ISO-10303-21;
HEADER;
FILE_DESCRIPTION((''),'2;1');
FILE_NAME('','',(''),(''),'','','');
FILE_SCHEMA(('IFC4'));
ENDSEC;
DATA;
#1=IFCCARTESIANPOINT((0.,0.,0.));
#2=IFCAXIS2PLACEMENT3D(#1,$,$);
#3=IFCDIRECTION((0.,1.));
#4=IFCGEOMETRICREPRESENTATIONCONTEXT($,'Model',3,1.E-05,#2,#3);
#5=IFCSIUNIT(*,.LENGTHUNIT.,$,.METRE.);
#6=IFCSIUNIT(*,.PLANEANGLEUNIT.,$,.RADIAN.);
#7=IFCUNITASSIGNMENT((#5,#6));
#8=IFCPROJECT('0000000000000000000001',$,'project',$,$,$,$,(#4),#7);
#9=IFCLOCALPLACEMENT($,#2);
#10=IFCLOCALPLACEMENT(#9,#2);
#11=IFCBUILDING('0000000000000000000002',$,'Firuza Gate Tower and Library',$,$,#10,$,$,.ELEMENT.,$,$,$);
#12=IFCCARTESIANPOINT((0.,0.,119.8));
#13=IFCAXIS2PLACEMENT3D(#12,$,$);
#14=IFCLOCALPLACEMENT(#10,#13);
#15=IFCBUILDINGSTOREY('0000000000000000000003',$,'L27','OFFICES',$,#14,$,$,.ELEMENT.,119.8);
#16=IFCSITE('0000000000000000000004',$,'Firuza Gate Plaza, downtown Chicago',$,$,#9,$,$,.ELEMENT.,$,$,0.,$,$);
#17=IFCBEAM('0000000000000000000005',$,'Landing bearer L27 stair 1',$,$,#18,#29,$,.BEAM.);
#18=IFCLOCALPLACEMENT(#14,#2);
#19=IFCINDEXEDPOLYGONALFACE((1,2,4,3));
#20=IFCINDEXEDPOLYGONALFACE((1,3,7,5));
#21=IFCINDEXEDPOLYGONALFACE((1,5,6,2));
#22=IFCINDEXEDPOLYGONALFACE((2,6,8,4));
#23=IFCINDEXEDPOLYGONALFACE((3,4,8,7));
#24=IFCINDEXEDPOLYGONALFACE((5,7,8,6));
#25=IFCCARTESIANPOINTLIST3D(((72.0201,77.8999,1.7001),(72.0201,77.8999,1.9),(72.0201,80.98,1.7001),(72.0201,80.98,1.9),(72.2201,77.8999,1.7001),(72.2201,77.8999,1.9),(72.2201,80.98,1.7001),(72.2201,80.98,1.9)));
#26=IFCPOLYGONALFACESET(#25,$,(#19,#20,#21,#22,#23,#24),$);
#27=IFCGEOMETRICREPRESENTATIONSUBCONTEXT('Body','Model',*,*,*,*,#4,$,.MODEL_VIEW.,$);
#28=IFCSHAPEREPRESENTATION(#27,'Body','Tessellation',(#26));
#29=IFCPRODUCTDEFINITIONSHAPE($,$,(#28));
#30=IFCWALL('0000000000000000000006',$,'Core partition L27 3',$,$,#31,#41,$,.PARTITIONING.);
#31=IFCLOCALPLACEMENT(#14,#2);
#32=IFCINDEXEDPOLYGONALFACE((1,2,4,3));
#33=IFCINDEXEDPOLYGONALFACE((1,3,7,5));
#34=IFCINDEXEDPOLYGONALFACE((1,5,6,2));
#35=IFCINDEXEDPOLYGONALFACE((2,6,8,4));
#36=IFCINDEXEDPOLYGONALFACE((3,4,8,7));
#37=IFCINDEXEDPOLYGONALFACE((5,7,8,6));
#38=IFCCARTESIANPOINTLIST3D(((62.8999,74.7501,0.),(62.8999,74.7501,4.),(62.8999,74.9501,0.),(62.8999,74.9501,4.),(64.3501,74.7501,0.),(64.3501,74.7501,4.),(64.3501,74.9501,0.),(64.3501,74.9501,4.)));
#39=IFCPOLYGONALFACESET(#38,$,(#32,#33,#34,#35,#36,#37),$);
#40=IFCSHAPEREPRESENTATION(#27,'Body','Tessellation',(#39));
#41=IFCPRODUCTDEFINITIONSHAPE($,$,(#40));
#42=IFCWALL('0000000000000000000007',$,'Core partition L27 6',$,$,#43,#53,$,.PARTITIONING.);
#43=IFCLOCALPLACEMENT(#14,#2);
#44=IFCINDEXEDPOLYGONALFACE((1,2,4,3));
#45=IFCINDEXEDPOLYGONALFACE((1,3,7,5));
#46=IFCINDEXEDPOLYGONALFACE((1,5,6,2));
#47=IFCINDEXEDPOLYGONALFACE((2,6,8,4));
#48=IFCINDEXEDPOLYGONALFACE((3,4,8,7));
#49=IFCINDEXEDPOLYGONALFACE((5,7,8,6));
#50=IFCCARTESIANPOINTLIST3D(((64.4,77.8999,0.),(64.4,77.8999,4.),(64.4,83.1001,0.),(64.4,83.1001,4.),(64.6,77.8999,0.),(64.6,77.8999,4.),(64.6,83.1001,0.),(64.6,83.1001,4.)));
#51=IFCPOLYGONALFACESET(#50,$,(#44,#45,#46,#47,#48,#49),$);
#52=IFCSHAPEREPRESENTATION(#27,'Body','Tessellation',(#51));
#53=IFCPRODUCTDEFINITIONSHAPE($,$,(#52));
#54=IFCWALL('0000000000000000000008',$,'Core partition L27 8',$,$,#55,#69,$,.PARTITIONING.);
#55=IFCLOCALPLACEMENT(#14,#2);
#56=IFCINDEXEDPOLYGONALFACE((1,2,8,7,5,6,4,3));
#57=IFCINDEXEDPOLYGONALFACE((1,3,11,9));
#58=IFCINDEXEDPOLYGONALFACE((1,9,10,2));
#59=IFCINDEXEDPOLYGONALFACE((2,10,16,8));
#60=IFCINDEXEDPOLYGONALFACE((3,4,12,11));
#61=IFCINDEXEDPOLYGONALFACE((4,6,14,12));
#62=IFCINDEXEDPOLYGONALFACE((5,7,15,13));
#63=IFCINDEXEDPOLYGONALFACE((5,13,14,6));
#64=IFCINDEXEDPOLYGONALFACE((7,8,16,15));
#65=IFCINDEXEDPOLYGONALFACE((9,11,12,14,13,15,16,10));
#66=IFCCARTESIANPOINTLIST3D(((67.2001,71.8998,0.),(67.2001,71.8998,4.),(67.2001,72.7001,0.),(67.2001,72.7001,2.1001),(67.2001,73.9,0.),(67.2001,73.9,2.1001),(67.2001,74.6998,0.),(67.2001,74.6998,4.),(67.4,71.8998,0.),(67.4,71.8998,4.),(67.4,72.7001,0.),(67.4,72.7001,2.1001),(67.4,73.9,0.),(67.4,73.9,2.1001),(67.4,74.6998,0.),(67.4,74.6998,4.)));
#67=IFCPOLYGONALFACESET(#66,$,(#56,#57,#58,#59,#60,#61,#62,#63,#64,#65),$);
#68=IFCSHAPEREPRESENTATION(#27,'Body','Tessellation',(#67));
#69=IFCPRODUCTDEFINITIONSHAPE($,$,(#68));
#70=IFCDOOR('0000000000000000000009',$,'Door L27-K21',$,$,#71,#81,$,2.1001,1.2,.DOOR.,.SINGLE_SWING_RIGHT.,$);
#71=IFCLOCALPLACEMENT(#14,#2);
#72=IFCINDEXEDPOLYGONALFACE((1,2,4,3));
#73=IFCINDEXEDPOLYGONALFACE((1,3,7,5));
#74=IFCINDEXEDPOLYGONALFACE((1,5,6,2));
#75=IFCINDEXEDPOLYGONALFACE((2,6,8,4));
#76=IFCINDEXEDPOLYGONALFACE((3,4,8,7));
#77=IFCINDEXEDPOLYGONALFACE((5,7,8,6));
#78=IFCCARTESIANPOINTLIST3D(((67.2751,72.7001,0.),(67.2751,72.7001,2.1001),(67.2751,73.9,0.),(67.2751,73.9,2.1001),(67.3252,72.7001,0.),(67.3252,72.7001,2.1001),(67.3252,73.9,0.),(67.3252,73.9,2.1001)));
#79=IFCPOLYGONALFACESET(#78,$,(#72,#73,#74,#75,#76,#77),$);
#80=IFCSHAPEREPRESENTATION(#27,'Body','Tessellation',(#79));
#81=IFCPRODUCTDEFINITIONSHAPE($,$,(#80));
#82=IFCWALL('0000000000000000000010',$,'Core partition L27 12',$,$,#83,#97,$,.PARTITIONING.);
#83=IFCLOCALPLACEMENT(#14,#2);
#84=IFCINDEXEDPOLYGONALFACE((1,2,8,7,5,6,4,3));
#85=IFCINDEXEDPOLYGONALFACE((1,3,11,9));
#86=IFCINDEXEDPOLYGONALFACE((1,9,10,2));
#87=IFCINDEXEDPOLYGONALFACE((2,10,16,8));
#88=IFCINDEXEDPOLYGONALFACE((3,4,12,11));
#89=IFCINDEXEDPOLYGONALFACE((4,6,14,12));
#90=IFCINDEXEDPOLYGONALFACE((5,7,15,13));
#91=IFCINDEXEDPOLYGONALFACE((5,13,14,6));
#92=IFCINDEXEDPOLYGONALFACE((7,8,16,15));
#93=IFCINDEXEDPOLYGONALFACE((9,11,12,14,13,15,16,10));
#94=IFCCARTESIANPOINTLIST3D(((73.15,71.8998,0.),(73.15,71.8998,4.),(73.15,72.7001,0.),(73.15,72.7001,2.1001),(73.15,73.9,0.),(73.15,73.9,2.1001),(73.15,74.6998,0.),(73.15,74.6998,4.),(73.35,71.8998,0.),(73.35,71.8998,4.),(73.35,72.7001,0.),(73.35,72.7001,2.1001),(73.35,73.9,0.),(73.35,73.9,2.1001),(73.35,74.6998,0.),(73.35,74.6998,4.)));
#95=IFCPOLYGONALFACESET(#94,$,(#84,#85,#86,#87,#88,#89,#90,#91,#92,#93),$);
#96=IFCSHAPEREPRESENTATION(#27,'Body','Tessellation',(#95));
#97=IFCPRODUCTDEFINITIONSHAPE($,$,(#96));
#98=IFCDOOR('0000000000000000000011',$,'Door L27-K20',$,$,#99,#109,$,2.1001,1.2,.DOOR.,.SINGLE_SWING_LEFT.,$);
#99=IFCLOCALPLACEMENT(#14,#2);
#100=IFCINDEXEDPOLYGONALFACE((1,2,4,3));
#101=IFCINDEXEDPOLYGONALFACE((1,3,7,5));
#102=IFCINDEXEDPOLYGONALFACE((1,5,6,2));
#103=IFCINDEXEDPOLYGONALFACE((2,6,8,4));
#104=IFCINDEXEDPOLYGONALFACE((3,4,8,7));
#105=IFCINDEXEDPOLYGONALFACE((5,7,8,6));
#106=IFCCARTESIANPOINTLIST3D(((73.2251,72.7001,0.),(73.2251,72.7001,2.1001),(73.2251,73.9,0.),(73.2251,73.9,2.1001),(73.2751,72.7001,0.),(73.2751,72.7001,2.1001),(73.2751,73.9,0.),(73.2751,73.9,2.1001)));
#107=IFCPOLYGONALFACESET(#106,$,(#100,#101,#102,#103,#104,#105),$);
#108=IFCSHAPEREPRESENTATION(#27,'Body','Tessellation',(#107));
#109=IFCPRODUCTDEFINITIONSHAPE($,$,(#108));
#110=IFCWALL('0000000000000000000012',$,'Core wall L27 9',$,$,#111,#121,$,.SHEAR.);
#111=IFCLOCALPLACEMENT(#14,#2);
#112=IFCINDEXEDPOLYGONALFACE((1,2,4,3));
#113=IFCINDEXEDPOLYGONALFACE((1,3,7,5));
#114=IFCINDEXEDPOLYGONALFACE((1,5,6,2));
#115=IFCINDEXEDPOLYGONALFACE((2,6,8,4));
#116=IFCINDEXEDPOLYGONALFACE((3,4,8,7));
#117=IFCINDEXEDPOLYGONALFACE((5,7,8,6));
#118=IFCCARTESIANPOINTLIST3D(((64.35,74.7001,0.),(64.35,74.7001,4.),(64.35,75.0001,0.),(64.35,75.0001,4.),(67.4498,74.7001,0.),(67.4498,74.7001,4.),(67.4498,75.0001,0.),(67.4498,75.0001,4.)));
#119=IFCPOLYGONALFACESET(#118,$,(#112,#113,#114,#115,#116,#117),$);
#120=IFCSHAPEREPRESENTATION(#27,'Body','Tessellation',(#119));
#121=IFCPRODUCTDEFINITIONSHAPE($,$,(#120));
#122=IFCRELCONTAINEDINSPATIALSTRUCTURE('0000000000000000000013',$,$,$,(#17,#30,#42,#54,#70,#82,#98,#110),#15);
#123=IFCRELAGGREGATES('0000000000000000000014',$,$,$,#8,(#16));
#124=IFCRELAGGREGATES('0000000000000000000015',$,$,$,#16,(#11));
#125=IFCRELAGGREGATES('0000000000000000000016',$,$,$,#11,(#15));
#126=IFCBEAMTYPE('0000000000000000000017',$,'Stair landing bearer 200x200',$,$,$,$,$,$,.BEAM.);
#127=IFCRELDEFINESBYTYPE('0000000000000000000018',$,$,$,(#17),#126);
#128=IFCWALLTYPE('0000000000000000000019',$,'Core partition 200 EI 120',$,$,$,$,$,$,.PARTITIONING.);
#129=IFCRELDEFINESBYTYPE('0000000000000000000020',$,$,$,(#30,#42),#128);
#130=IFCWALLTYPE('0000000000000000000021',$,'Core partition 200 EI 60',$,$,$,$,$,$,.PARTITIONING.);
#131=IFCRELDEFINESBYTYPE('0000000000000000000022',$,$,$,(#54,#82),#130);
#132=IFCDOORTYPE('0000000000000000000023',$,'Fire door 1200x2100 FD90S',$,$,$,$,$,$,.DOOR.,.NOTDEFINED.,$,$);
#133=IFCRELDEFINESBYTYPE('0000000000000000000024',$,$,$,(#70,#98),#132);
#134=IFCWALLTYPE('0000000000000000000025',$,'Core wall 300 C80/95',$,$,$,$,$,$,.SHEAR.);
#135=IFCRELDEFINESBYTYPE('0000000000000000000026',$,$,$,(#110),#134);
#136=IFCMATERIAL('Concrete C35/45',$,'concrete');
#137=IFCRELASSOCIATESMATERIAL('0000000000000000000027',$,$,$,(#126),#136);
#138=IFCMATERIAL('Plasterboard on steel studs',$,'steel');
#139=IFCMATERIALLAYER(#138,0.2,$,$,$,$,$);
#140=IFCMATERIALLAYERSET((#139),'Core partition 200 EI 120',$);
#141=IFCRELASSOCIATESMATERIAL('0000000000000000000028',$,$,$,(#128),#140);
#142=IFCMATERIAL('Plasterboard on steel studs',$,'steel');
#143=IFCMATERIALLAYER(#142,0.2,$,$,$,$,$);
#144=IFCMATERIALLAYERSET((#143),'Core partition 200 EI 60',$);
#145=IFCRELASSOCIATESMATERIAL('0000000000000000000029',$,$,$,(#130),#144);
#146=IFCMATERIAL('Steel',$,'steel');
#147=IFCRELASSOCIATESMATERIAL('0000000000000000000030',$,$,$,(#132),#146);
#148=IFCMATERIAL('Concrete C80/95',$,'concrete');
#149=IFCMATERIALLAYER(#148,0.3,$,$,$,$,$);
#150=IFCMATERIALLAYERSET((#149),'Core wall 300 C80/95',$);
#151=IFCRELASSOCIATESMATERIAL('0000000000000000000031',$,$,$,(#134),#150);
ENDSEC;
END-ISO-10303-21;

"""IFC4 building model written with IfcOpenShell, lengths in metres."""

from ifc_helpers import new_model, si_unit, direction, frame, frame_2d, origin, origin_2d, place, context, subcontext, project, spatial, rectangle, extrude, material, layer, layer_set, material_profile, profile_set, type_object, element, fill, save


model = new_model("IFC4")

# Units and contexts
model_context = context("Model", 3, precision=1e-05, world=origin(), true_north=direction((0.0, 1.0)))
body_context = subcontext(model_context, "Body", "Model", "MODEL_VIEW")
ifc_project = project(units=[si_unit("LENGTHUNIT", "METRE"), si_unit("PLANEANGLEUNIT", "RADIAN")], contexts=[model_context])

# Site, building, storey
site_placement = place(None, origin())
site = spatial("IfcSite", under=ifc_project, at=site_placement, Name="Firuza Gate Plaza, downtown Chicago", CompositionType="ELEMENT", RefElevation=0.0)
building_placement = place(site_placement, origin())
building = spatial("IfcBuilding", under=site, at=building_placement, Name="Firuza Gate Tower and Library", CompositionType="ELEMENT")
storey_placement = place(building_placement, frame((0.0, 0.0, 119.8)))
storey = spatial("IfcBuildingStorey", under=building, at=storey_placement, Name="L27", Description="OFFICES", CompositionType="ELEMENT", Elevation=119.8)

# Beam
ifc_material_1 = material(Name="Concrete C35/45", Category="concrete")
ifc_material_profile = material_profile(ifc_material_1, rectangle(XDim=0.2, YDim=0.2, at=origin_2d()))
ifc_profile_set = profile_set([ifc_material_profile], Name="Concrete C35/45")
beam_type = type_object("IfcBeamType", Name="Stair landing bearer 200x200", PredefinedType="BEAM", material=ifc_profile_set)
beam_placement = place(storey_placement, frame((72.1201, 77.8999, 1.8), z_axis=(0.0, 1.0, 0.0), x_axis=(-1.0, 0.0, 0.0)))
element("IfcBeam", 1, at=beam_placement, inside=storey, type_object=beam_type, Name="Landing bearer L27 stair 1", PredefinedType="BEAM", context=body_context, shape_type="SweptSolid", body=[
    extrude(rectangle(XDim=0.2, YDim=0.2, at=origin_2d()), origin(), (0.0, 0.0, 1.0), 3.0801),
])

# Walls
ifc_material_2 = material(Name="Plasterboard on steel studs", Category="steel")
ifc_layer_1 = layer(ifc_material_2, 0.2)
ifc_layer_set_1 = layer_set([ifc_layer_1], Name="Core partition 200 EI 120")
wall_type_1 = type_object("IfcWallType", Name="Core partition 200 EI 120", PredefinedType="PARTITIONING", material=ifc_layer_set_1)
wall_1_placement = place(storey_placement, frame((62.8999, 74.8501, 0.0), z_axis=(0.0, 0.0, 1.0), x_axis=(1.0, 0.0, 0.0)))
element("IfcWall", 2, at=wall_1_placement, inside=storey, type_object=wall_type_1, Name="Core partition L27 3", PredefinedType="PARTITIONING", context=body_context, shape_type="SweptSolid", body=[
    extrude(rectangle(XDim=1.4502, YDim=0.2, at=frame_2d((0.7251, 0.0))), origin(), (0.0, 0.0, 1.0), 4.0),
])
wall_2_placement = place(storey_placement, frame((64.5, 77.8999, 0.0), z_axis=(0.0, 0.0, 1.0), x_axis=(0.0, 1.0, 0.0)))
element("IfcWall", 3, at=wall_2_placement, inside=storey, type_object=wall_type_1, Name="Core partition L27 6", PredefinedType="PARTITIONING", context=body_context, shape_type="SweptSolid", body=[
    extrude(rectangle(XDim=5.2002, YDim=0.2, at=frame_2d((2.6001, 0.0))), origin(), (0.0, 0.0, 1.0), 4.0),
])

# Walls, openings, doors
ifc_material_3 = material(Name="Plasterboard on steel studs", Category="steel")
ifc_layer_2 = layer(ifc_material_3, 0.2)
ifc_layer_set_2 = layer_set([ifc_layer_2], Name="Core partition 200 EI 60")
wall_type_2 = type_object("IfcWallType", Name="Core partition 200 EI 60", PredefinedType="PARTITIONING", material=ifc_layer_set_2)
wall_3_placement = place(storey_placement, frame((67.3, 71.8999, 0.0), z_axis=(0.0, 0.0, 1.0), x_axis=(0.0, 1.0, 0.0)))
wall_3 = element("IfcWall", 4, at=wall_3_placement, inside=storey, type_object=wall_type_2, Name="Core partition L27 8", PredefinedType="PARTITIONING", context=body_context, shape_type="SweptSolid", body=[
    extrude(rectangle(XDim=2.8, YDim=0.2, at=frame_2d((1.3999, 0.0))), origin(), (0.0, 0.0, 1.0), 4.0),
])
opening_1_placement = place(wall_3_placement, frame((0.8, 0.0, 0.0)))
opening_1 = element("IfcOpeningElement", 5, at=opening_1_placement, cuts=wall_3, PredefinedType="OPENING", context=body_context, shape_type="SweptSolid", body=[
    extrude(rectangle(XDim=1.2, YDim=2.1001, at=frame_2d((0.6001, 1.05))), frame((0.0, 0.1099, 0.0), z_axis=(0.0, -1.0, 0.0), x_axis=(1.0, 0.0, 0.0)), (0.0, 0.0, 1.0), 0.22),
])
ifc_material_4 = material(Name="Steel", Category="steel")
door_type_1 = type_object("IfcDoorType", Name="Fire door 1200x2100 FD90S", OperationType="NOTDEFINED", PredefinedType="DOOR", material=ifc_material_4)
door_1_placement = place(opening_1_placement, origin())
door_1 = element("IfcDoor", 6, at=door_1_placement, inside=storey, type_object=door_type_1, Name="Door L27-K21", OperationType="SINGLE_SWING_RIGHT", OverallHeight=2.1001, OverallWidth=1.2, PredefinedType="DOOR", context=body_context, shape_type="SweptSolid", body=[
    extrude(rectangle(XDim=1.2, YDim=2.1001, at=frame_2d((0.6001, 1.05))), frame((0.0, 0.0249, 0.0), z_axis=(0.0, -1.0, 0.0), x_axis=(1.0, 0.0, 0.0)), (0.0, 0.0, 1.0), 0.05),
])
fill(opening_1, door_1)
wall_4_placement = place(storey_placement, frame((73.25, 71.8999, 0.0), z_axis=(0.0, 0.0, 1.0), x_axis=(0.0, 1.0, 0.0)))
wall_4 = element("IfcWall", 7, at=wall_4_placement, inside=storey, type_object=wall_type_2, Name="Core partition L27 12", PredefinedType="PARTITIONING", context=body_context, shape_type="SweptSolid", body=[
    extrude(rectangle(XDim=2.8, YDim=0.2, at=frame_2d((1.3999, 0.0))), origin(), (0.0, 0.0, 1.0), 4.0),
])
opening_2_placement = place(wall_4_placement, frame((0.8, 0.0, 0.0)))
opening_2 = element("IfcOpeningElement", 8, at=opening_2_placement, cuts=wall_4, PredefinedType="OPENING", context=body_context, shape_type="SweptSolid", body=[
    extrude(rectangle(XDim=1.2, YDim=2.1001, at=frame_2d((0.6001, 1.05))), frame((0.0, 0.1099, 0.0), z_axis=(0.0, -1.0, 0.0), x_axis=(1.0, 0.0, 0.0)), (0.0, 0.0, 1.0), 0.22),
])
door_2_placement = place(opening_2_placement, origin())
door_2 = element("IfcDoor", 9, at=door_2_placement, inside=storey, type_object=door_type_1, Name="Door L27-K20", OperationType="SINGLE_SWING_LEFT", OverallHeight=2.1001, OverallWidth=1.2, PredefinedType="DOOR", context=body_context, shape_type="SweptSolid", body=[
    extrude(rectangle(XDim=1.2, YDim=2.1001, at=frame_2d((0.6001, 1.05))), frame((0.0, 0.0249, 0.0), z_axis=(0.0, -1.0, 0.0), x_axis=(1.0, 0.0, 0.0)), (0.0, 0.0, 1.0), 0.05),
])
fill(opening_2, door_2)

# Wall
ifc_material_5 = material(Name="Concrete C80/95", Category="concrete")
ifc_layer_3 = layer(ifc_material_5, 0.3)
ifc_layer_set_3 = layer_set([ifc_layer_3], Name="Core wall 300 C80/95")
wall_type_3 = type_object("IfcWallType", Name="Core wall 300 C80/95", PredefinedType="SHEAR", material=ifc_layer_set_3)
wall_5_placement = place(storey_placement, frame((64.3501, 74.8501, 0.0), z_axis=(0.0, 0.0, 1.0), x_axis=(1.0, 0.0, 0.0)))
element("IfcWall", 10, at=wall_5_placement, inside=storey, type_object=wall_type_3, Name="Core wall L27 9", PredefinedType="SHEAR", context=body_context, shape_type="SweptSolid", body=[
    extrude(rectangle(XDim=3.0999, YDim=0.3, at=frame_2d((1.5498, 0.0))), origin(), (0.0, 0.0, 1.0), 4.0),
])

save(model, "model.ifc")
